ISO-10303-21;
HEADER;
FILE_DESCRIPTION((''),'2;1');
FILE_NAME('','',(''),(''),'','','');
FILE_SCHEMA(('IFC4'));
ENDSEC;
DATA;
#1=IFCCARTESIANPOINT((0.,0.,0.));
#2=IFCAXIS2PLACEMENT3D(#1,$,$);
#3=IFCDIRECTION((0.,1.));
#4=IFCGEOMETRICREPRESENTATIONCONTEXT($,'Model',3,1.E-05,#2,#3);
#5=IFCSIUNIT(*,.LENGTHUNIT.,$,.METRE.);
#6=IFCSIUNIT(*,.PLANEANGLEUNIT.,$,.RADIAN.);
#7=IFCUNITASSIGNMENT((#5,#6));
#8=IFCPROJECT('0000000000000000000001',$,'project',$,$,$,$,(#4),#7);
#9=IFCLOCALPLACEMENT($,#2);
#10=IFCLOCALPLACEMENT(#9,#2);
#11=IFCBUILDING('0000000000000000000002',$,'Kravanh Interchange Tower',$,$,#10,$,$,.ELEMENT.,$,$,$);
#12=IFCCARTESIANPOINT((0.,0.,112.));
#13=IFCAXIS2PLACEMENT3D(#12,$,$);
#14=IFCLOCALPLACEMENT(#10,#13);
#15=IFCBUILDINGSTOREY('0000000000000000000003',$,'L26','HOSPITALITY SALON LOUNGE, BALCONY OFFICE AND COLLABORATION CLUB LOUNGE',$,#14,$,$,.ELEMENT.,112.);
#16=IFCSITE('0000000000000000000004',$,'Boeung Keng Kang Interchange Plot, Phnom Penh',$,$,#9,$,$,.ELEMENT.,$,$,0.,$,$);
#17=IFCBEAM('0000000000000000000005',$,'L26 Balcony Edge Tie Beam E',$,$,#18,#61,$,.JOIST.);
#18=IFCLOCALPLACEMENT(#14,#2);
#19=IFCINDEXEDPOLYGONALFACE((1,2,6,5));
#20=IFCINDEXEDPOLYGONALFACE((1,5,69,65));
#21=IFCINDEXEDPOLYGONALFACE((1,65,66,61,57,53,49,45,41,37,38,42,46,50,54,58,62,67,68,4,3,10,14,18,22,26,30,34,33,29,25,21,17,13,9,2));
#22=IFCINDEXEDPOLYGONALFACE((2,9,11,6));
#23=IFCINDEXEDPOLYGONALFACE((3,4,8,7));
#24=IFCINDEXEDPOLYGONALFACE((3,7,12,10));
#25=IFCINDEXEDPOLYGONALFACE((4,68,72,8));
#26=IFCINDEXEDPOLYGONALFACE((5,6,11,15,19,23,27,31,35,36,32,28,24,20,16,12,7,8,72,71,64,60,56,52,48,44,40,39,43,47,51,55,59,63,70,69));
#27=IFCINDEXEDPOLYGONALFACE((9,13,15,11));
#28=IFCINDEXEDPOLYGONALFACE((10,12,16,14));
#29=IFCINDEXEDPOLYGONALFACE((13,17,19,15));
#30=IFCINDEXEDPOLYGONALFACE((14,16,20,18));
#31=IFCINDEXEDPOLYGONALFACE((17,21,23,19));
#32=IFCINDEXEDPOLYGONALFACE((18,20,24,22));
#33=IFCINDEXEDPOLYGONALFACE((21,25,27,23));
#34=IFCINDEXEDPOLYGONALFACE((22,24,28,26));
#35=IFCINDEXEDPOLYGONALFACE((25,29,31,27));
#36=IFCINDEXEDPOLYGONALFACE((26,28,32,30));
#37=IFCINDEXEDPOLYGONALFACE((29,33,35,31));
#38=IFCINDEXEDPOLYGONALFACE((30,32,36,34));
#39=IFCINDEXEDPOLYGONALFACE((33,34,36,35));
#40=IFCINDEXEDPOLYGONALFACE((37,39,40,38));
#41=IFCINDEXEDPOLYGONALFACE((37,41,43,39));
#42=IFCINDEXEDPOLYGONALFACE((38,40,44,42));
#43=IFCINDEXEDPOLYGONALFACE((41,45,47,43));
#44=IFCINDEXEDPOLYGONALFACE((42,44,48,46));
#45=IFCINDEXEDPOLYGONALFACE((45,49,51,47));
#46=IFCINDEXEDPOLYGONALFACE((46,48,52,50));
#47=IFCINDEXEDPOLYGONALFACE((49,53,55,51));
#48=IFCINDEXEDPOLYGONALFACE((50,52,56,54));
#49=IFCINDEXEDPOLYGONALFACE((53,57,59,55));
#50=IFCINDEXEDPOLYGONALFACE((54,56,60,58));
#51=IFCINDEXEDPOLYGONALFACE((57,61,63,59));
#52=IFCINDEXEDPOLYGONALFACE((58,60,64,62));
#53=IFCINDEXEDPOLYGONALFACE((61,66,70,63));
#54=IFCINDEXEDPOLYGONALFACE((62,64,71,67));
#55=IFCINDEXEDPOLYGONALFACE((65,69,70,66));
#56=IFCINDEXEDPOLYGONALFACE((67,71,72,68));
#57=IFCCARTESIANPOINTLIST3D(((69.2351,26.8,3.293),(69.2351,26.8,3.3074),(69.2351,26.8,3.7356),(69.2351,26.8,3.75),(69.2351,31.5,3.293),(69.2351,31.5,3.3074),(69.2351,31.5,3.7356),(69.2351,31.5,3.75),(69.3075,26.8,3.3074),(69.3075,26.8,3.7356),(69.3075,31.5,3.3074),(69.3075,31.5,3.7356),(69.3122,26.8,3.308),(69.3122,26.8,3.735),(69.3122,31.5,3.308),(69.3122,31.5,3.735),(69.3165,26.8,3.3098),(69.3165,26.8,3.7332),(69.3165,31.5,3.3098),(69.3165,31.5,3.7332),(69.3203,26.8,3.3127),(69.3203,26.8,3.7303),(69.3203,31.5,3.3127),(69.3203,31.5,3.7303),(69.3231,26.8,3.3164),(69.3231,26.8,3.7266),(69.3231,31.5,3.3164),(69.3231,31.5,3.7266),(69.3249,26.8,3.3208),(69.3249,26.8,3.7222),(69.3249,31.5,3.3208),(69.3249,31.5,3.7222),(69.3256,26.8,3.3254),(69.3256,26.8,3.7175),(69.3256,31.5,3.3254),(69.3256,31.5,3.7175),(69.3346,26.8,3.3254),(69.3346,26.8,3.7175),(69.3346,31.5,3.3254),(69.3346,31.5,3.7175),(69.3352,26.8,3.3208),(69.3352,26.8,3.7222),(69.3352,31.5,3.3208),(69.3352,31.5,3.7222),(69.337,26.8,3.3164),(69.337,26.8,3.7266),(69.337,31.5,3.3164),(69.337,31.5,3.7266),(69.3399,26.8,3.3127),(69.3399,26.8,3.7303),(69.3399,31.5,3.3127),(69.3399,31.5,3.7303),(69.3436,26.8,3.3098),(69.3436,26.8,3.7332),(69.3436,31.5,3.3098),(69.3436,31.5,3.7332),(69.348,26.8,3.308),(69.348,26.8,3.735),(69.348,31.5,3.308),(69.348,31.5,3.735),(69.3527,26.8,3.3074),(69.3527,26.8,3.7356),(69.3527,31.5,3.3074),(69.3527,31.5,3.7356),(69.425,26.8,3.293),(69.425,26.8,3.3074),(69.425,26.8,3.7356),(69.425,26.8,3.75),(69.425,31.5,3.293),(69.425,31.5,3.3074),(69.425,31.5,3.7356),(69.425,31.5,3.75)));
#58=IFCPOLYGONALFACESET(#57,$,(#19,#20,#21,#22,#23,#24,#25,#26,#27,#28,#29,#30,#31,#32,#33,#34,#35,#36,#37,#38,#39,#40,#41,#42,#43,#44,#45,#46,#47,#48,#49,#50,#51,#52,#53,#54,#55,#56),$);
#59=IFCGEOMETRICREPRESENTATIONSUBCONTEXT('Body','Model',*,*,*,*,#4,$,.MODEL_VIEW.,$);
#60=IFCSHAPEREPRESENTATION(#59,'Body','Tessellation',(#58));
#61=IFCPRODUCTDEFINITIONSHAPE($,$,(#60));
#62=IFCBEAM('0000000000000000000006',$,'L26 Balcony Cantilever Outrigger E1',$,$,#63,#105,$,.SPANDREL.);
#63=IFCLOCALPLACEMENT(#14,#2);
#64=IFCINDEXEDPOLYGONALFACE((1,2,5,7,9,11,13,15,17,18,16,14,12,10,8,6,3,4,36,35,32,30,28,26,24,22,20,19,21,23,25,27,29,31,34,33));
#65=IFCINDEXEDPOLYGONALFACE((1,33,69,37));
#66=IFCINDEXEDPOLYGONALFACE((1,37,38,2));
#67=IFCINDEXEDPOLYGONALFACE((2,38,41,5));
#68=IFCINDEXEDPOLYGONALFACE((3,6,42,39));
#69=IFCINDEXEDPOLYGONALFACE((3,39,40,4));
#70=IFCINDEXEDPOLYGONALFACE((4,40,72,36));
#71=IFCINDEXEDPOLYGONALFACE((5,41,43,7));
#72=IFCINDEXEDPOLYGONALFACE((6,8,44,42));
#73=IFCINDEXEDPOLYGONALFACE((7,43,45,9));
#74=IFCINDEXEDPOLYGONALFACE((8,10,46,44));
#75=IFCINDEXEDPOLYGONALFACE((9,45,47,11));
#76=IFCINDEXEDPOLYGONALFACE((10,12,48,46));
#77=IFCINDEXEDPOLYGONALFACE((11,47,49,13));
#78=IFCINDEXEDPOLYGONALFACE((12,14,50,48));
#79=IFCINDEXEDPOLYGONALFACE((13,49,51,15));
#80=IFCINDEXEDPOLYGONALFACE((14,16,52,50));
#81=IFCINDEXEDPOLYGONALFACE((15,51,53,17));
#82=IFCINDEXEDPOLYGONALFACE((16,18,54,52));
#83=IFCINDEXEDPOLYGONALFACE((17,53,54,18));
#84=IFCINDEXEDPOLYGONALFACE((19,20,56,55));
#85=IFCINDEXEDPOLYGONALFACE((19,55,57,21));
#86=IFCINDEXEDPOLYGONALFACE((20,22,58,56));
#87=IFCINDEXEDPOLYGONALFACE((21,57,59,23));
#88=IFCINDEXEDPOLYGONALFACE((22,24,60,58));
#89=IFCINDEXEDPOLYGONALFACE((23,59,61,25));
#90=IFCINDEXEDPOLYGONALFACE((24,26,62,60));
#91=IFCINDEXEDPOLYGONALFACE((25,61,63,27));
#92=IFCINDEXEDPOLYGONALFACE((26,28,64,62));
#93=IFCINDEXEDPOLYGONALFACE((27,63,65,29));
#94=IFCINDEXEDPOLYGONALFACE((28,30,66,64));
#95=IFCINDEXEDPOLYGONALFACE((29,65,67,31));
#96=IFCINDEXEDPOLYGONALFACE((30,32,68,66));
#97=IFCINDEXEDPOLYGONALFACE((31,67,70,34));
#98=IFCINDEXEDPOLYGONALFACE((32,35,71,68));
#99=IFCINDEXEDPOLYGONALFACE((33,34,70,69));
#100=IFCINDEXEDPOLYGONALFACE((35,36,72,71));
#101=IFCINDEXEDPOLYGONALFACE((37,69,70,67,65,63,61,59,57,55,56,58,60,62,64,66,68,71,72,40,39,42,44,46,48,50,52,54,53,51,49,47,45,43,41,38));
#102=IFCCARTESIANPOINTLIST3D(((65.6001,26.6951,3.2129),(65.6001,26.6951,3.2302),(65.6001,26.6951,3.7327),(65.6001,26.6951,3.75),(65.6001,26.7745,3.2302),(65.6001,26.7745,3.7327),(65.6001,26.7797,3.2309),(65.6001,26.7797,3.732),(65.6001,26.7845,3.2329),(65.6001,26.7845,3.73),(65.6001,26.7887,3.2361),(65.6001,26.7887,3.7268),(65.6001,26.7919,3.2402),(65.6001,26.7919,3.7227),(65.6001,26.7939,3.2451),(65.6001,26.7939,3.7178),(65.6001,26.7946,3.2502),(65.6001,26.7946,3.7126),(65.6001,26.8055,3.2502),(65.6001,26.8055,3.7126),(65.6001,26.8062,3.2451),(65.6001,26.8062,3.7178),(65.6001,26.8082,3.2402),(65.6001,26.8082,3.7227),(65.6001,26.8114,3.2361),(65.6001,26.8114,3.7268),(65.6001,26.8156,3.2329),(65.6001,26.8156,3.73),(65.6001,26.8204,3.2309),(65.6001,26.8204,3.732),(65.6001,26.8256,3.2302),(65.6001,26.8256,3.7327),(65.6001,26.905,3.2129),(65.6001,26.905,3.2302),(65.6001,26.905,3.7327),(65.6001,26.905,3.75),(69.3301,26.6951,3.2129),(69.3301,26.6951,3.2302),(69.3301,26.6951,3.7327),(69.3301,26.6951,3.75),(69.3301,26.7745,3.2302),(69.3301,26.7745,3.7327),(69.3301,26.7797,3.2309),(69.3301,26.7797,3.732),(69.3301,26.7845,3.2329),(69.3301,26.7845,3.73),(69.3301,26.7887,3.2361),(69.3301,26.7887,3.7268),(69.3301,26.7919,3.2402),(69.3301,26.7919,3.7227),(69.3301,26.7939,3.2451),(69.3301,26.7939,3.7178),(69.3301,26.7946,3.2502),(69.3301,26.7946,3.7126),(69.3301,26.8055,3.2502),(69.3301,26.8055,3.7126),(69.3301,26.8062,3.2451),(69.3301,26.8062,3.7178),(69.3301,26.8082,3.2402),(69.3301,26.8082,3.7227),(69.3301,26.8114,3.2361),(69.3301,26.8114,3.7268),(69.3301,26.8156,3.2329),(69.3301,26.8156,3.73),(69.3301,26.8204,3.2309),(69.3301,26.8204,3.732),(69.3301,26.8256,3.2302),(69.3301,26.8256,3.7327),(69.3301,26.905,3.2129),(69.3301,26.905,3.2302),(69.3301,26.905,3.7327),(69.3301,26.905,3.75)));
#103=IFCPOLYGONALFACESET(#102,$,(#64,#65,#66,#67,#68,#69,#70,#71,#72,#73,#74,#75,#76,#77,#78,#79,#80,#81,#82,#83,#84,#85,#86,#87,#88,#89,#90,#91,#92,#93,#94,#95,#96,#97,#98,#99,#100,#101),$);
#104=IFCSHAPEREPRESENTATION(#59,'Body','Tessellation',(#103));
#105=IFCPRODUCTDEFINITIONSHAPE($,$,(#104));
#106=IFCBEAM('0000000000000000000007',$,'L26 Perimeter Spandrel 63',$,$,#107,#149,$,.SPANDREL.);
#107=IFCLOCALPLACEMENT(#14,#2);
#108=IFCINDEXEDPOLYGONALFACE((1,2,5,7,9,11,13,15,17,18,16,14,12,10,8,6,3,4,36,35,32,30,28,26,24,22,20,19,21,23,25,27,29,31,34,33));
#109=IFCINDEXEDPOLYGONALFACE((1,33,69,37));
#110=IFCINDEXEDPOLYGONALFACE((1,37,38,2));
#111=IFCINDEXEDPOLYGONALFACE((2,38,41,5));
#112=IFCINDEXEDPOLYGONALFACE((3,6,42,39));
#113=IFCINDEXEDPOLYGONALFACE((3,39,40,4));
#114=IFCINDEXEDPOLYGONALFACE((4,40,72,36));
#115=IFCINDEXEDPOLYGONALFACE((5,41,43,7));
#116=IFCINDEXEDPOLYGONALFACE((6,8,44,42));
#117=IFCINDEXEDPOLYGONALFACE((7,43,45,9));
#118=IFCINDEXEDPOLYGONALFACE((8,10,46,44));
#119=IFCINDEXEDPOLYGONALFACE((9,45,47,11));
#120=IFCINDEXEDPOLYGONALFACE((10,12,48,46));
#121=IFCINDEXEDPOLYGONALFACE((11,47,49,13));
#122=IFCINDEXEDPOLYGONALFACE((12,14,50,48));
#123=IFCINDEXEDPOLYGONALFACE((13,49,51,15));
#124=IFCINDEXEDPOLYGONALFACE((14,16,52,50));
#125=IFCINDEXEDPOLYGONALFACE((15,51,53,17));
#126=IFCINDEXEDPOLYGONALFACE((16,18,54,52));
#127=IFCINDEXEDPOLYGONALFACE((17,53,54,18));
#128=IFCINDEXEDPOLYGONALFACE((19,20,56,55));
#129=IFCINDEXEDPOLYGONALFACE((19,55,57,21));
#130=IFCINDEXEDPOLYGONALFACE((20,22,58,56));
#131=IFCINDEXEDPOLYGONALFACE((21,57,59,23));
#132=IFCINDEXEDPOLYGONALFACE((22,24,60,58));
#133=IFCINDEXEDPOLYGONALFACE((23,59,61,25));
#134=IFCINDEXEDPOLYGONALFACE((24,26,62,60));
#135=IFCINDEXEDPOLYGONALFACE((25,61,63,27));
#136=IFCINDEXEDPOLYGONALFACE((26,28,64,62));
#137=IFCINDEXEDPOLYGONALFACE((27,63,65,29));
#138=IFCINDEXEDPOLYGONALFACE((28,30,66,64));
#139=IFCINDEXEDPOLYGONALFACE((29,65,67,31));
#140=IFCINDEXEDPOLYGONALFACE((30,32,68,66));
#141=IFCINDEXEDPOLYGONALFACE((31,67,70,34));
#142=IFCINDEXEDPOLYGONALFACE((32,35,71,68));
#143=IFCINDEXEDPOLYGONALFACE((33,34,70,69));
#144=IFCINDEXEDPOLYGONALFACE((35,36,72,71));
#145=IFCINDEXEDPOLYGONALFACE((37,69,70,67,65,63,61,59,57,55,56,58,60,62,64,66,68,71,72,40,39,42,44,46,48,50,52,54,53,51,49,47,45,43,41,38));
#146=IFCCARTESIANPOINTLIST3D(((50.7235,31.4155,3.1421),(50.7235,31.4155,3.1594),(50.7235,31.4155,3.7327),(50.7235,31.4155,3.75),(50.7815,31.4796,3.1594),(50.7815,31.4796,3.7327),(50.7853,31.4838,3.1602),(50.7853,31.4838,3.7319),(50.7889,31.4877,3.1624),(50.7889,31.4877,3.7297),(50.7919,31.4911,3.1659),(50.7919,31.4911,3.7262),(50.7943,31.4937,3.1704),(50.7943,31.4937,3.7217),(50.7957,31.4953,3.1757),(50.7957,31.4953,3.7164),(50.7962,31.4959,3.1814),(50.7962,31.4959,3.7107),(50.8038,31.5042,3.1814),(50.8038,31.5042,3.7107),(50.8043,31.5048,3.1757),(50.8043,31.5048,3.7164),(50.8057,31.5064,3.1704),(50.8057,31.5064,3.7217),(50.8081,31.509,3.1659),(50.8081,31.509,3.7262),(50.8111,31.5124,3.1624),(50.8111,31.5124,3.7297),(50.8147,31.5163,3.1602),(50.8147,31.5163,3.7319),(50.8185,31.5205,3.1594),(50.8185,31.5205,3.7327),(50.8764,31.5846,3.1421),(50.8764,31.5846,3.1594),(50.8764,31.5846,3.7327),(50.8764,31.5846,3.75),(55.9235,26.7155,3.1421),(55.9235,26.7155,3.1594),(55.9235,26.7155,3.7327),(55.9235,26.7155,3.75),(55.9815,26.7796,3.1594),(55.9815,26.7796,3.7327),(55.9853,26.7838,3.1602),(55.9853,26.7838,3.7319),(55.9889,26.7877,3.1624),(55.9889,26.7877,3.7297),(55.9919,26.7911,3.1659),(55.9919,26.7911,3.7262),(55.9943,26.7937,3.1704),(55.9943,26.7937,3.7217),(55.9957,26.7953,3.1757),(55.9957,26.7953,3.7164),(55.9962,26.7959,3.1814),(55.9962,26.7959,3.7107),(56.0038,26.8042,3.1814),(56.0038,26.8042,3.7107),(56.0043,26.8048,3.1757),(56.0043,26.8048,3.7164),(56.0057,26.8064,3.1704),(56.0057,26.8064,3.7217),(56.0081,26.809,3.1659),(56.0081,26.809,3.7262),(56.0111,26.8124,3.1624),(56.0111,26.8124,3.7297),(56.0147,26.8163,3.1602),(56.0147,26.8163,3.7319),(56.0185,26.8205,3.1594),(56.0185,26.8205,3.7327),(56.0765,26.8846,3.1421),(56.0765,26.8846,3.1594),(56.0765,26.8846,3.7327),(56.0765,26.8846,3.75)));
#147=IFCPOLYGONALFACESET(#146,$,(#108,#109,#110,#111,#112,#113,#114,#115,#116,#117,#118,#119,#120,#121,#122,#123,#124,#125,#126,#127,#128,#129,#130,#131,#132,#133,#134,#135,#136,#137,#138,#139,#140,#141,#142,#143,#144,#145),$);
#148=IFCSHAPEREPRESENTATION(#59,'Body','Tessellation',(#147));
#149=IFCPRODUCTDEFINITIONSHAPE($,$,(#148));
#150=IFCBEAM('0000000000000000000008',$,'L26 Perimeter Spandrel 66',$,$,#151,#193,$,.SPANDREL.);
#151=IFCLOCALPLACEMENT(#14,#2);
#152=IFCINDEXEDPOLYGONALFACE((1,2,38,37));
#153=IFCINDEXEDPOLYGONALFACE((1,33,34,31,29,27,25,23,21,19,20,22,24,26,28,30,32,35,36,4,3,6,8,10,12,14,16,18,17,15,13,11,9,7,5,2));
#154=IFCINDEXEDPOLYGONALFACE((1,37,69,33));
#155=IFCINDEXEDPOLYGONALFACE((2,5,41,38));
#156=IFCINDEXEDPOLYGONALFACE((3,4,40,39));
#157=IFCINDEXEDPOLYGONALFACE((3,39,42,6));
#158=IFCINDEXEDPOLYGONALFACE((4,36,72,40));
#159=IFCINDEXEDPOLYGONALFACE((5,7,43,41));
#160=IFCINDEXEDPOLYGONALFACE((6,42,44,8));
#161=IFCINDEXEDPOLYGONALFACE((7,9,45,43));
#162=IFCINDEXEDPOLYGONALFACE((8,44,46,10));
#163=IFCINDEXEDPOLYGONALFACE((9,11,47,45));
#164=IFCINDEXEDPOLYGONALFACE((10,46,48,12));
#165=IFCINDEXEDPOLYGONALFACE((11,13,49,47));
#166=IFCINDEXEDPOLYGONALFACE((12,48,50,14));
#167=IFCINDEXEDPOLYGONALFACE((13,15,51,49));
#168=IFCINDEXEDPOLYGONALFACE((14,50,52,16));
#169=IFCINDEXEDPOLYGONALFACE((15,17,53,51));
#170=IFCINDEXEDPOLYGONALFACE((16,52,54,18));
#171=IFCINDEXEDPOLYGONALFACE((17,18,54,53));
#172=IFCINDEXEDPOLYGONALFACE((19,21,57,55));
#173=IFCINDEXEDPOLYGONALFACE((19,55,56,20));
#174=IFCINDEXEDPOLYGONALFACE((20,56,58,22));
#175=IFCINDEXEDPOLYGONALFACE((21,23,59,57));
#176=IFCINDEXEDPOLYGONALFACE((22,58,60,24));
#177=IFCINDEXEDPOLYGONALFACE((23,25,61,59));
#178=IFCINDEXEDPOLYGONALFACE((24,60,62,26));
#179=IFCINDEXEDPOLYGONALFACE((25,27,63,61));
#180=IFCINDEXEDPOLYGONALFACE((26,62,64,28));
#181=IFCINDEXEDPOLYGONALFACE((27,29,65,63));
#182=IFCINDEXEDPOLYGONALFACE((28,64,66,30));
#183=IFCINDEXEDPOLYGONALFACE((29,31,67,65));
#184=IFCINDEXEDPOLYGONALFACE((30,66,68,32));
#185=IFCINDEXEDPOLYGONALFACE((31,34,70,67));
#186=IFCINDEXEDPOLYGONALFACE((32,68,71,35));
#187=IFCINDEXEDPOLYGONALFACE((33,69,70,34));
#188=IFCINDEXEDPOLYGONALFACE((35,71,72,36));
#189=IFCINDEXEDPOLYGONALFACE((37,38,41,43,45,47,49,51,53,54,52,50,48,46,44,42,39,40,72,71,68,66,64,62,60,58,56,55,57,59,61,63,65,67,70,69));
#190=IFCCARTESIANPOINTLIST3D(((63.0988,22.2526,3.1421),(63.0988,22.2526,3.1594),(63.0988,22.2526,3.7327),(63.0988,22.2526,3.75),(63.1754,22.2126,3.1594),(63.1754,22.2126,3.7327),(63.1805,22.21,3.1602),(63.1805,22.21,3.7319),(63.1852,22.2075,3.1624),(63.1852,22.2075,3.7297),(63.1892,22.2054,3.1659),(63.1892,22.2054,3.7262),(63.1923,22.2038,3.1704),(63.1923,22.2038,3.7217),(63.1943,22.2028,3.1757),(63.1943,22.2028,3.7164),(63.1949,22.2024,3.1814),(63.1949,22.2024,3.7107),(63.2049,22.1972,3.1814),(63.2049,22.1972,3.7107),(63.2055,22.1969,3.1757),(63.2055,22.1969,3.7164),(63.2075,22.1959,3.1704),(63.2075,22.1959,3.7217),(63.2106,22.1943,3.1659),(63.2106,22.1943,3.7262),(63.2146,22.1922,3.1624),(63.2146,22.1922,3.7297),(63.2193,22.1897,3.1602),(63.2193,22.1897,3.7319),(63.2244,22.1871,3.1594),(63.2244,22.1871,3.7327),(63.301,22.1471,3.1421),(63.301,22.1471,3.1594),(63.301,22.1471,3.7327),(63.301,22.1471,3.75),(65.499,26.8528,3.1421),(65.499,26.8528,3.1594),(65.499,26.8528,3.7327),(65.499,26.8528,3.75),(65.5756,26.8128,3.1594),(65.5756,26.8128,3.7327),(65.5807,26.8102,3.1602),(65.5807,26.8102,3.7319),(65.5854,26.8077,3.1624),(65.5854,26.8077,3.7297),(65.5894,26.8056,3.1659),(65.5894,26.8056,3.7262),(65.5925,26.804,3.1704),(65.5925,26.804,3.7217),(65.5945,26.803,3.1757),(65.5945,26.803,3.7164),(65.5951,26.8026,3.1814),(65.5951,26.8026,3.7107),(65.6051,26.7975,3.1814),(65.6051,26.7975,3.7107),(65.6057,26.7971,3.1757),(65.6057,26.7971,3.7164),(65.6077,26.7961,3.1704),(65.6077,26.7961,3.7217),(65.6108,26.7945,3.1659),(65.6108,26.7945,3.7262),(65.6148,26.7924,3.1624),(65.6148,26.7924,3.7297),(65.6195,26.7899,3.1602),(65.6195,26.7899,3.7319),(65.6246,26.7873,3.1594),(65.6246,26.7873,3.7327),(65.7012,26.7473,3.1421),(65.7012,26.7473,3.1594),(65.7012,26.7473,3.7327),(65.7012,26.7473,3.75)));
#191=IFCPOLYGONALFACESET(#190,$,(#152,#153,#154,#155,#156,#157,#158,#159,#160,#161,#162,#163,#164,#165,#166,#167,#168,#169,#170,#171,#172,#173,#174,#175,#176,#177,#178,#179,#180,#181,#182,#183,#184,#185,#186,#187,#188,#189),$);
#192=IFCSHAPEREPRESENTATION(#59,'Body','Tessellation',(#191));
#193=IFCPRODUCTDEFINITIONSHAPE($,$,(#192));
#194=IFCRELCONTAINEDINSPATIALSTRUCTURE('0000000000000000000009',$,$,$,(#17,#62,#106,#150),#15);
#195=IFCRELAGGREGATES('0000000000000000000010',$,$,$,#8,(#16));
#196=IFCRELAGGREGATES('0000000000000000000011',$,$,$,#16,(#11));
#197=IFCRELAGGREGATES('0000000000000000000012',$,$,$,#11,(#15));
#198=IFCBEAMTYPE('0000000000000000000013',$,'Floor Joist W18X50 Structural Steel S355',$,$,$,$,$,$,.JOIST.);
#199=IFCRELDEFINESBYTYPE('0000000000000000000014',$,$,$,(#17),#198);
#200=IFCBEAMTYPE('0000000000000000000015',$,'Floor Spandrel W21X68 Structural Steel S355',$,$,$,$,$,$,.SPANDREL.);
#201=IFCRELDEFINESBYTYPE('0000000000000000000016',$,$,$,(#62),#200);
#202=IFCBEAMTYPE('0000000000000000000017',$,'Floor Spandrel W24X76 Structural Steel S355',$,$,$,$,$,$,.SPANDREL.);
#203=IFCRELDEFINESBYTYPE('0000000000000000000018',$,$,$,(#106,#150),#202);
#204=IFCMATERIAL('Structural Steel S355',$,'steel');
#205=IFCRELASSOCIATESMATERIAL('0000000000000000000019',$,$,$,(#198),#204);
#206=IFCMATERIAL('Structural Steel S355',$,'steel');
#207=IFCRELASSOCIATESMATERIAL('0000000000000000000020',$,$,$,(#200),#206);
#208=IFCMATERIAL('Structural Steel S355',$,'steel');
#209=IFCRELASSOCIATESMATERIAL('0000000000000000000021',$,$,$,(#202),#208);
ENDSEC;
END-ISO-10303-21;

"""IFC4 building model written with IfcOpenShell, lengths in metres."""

from ifc_helpers import new_model, si_unit, direction, frame, origin, origin_2d, place, context, subcontext, project, spatial, i_section, extrude, material, material_profile, profile_set, type_object, element, save


model = new_model("IFC4")

# Units and contexts
model_context = context("Model", 3, precision=1e-05, world=origin(), true_north=direction((0.0, 1.0)))
body_context = subcontext(model_context, "Body", "Model", "MODEL_VIEW")
ifc_project = project(units=[si_unit("LENGTHUNIT", "METRE"), si_unit("PLANEANGLEUNIT", "RADIAN")], contexts=[model_context])

# Site, building, storey
site_placement = place(None, origin())
site = spatial("IfcSite", under=ifc_project, at=site_placement, Name="Boeung Keng Kang Interchange Plot, Phnom Penh", CompositionType="ELEMENT", RefElevation=0.0)
building_placement = place(site_placement, origin())
building = spatial("IfcBuilding", under=site, at=building_placement, Name="Kravanh Interchange Tower", CompositionType="ELEMENT")
storey_placement = place(building_placement, frame((0.0, 0.0, 112.0)))
storey = spatial("IfcBuildingStorey", under=building, at=storey_placement, Name="L26", Description="HOSPITALITY SALON LOUNGE, BALCONY OFFICE AND COLLABORATION CLUB LOUNGE", CompositionType="ELEMENT", Elevation=112.0)

# Beams
ifc_material_1 = material(Name="Structural Steel S355", Category="steel")
ifc_material_profile_1 = material_profile(ifc_material_1, i_section(OverallWidth=0.1899, OverallDepth=0.457, WebThickness=0.009, FlangeThickness=0.0144, FilletRadius=0.0181, at=origin_2d()), Name="W18X50")
ifc_profile_set_1 = profile_set([ifc_material_profile_1], Name="Structural Steel S355")
beam_type_1 = type_object("IfcBeamType", Name="Floor Joist W18X50 Structural Steel S355", PredefinedType="JOIST", material=ifc_profile_set_1)
beam_1_placement = place(storey_placement, frame((69.3301, 26.8, 3.5215), z_axis=(0.0, 1.0, 0.0), x_axis=(-1.0, 0.0, 0.0)))
element("IfcBeam", 1, at=beam_1_placement, inside=storey, type_object=beam_type_1, Name="L26 Balcony Edge Tie Beam E", PredefinedType="JOIST", context=body_context, shape_type="SweptSolid", body=[
    extrude(i_section(OverallWidth=0.1899, OverallDepth=0.457, WebThickness=0.009, FlangeThickness=0.0144, FilletRadius=0.0181, at=origin_2d()), origin(), (0.0, 0.0, 1.0), 4.7),
])
ifc_material_2 = material(Name="Structural Steel S355", Category="steel")
ifc_material_profile_2 = material_profile(ifc_material_2, i_section(OverallWidth=0.21, OverallDepth=0.5371, WebThickness=0.011, FlangeThickness=0.0173, FilletRadius=0.02, at=origin_2d()), Name="W21X68")
ifc_profile_set_2 = profile_set([ifc_material_profile_2], Name="Structural Steel S355")
beam_type_2 = type_object("IfcBeamType", Name="Floor Spandrel W21X68 Structural Steel S355", PredefinedType="SPANDREL", material=ifc_profile_set_2)
beam_2_placement = place(storey_placement, frame((65.6001, 26.8, 3.4814), z_axis=(1.0, 0.0, 0.0), x_axis=(0.0, 1.0, 0.0)))
element("IfcBeam", 2, at=beam_2_placement, inside=storey, type_object=beam_type_2, Name="L26 Balcony Cantilever Outrigger E1", PredefinedType="SPANDREL", context=body_context, shape_type="SweptSolid", body=[
    extrude(i_section(OverallWidth=0.21, OverallDepth=0.5371, WebThickness=0.011, FlangeThickness=0.0173, FilletRadius=0.02, at=origin_2d()), origin(), (0.0, 0.0, 1.0), 3.73),
])
ifc_material_3 = material(Name="Structural Steel S355", Category="steel")
ifc_material_profile_3 = material_profile(ifc_material_3, i_section(OverallWidth=0.228, OverallDepth=0.6079, WebThickness=0.0112, FlangeThickness=0.0173, FilletRadius=0.022, at=origin_2d()), Name="W24X76")
ifc_profile_set_3 = profile_set([ifc_material_profile_3], Name="Structural Steel S355")
beam_type_3 = type_object("IfcBeamType", Name="Floor Spandrel W24X76 Structural Steel S355", PredefinedType="SPANDREL", material=ifc_profile_set_3)
beam_3_placement = place(storey_placement, frame((56.0, 26.8, 3.446), z_axis=(-0.741874, 0.670539, 0.0), x_axis=(-0.670539, -0.741874, 0.0)))
element("IfcBeam", 3, at=beam_3_placement, inside=storey, type_object=beam_type_3, Name="L26 Perimeter Spandrel 63", PredefinedType="SPANDREL", context=body_context, shape_type="SweptSolid", body=[
    extrude(i_section(OverallWidth=0.228, OverallDepth=0.6079, WebThickness=0.0112, FlangeThickness=0.0173, FilletRadius=0.022, at=origin_2d()), origin(), (0.0, 0.0, 1.0), 7.0093),
])
beam_4_placement = place(storey_placement, frame((65.6001, 26.8, 3.446), z_axis=(-0.46258, -0.886577, 0.0), x_axis=(0.886577, -0.46258, 0.0)))
element("IfcBeam", 4, at=beam_4_placement, inside=storey, type_object=beam_type_3, Name="L26 Perimeter Spandrel 66", PredefinedType="SPANDREL", context=body_context, shape_type="SweptSolid", body=[
    extrude(i_section(OverallWidth=0.228, OverallDepth=0.6079, WebThickness=0.0112, FlangeThickness=0.0173, FilletRadius=0.022, at=origin_2d()), origin(), (0.0, 0.0, 1.0), 5.1887),
])

save(model, "model.ifc")
